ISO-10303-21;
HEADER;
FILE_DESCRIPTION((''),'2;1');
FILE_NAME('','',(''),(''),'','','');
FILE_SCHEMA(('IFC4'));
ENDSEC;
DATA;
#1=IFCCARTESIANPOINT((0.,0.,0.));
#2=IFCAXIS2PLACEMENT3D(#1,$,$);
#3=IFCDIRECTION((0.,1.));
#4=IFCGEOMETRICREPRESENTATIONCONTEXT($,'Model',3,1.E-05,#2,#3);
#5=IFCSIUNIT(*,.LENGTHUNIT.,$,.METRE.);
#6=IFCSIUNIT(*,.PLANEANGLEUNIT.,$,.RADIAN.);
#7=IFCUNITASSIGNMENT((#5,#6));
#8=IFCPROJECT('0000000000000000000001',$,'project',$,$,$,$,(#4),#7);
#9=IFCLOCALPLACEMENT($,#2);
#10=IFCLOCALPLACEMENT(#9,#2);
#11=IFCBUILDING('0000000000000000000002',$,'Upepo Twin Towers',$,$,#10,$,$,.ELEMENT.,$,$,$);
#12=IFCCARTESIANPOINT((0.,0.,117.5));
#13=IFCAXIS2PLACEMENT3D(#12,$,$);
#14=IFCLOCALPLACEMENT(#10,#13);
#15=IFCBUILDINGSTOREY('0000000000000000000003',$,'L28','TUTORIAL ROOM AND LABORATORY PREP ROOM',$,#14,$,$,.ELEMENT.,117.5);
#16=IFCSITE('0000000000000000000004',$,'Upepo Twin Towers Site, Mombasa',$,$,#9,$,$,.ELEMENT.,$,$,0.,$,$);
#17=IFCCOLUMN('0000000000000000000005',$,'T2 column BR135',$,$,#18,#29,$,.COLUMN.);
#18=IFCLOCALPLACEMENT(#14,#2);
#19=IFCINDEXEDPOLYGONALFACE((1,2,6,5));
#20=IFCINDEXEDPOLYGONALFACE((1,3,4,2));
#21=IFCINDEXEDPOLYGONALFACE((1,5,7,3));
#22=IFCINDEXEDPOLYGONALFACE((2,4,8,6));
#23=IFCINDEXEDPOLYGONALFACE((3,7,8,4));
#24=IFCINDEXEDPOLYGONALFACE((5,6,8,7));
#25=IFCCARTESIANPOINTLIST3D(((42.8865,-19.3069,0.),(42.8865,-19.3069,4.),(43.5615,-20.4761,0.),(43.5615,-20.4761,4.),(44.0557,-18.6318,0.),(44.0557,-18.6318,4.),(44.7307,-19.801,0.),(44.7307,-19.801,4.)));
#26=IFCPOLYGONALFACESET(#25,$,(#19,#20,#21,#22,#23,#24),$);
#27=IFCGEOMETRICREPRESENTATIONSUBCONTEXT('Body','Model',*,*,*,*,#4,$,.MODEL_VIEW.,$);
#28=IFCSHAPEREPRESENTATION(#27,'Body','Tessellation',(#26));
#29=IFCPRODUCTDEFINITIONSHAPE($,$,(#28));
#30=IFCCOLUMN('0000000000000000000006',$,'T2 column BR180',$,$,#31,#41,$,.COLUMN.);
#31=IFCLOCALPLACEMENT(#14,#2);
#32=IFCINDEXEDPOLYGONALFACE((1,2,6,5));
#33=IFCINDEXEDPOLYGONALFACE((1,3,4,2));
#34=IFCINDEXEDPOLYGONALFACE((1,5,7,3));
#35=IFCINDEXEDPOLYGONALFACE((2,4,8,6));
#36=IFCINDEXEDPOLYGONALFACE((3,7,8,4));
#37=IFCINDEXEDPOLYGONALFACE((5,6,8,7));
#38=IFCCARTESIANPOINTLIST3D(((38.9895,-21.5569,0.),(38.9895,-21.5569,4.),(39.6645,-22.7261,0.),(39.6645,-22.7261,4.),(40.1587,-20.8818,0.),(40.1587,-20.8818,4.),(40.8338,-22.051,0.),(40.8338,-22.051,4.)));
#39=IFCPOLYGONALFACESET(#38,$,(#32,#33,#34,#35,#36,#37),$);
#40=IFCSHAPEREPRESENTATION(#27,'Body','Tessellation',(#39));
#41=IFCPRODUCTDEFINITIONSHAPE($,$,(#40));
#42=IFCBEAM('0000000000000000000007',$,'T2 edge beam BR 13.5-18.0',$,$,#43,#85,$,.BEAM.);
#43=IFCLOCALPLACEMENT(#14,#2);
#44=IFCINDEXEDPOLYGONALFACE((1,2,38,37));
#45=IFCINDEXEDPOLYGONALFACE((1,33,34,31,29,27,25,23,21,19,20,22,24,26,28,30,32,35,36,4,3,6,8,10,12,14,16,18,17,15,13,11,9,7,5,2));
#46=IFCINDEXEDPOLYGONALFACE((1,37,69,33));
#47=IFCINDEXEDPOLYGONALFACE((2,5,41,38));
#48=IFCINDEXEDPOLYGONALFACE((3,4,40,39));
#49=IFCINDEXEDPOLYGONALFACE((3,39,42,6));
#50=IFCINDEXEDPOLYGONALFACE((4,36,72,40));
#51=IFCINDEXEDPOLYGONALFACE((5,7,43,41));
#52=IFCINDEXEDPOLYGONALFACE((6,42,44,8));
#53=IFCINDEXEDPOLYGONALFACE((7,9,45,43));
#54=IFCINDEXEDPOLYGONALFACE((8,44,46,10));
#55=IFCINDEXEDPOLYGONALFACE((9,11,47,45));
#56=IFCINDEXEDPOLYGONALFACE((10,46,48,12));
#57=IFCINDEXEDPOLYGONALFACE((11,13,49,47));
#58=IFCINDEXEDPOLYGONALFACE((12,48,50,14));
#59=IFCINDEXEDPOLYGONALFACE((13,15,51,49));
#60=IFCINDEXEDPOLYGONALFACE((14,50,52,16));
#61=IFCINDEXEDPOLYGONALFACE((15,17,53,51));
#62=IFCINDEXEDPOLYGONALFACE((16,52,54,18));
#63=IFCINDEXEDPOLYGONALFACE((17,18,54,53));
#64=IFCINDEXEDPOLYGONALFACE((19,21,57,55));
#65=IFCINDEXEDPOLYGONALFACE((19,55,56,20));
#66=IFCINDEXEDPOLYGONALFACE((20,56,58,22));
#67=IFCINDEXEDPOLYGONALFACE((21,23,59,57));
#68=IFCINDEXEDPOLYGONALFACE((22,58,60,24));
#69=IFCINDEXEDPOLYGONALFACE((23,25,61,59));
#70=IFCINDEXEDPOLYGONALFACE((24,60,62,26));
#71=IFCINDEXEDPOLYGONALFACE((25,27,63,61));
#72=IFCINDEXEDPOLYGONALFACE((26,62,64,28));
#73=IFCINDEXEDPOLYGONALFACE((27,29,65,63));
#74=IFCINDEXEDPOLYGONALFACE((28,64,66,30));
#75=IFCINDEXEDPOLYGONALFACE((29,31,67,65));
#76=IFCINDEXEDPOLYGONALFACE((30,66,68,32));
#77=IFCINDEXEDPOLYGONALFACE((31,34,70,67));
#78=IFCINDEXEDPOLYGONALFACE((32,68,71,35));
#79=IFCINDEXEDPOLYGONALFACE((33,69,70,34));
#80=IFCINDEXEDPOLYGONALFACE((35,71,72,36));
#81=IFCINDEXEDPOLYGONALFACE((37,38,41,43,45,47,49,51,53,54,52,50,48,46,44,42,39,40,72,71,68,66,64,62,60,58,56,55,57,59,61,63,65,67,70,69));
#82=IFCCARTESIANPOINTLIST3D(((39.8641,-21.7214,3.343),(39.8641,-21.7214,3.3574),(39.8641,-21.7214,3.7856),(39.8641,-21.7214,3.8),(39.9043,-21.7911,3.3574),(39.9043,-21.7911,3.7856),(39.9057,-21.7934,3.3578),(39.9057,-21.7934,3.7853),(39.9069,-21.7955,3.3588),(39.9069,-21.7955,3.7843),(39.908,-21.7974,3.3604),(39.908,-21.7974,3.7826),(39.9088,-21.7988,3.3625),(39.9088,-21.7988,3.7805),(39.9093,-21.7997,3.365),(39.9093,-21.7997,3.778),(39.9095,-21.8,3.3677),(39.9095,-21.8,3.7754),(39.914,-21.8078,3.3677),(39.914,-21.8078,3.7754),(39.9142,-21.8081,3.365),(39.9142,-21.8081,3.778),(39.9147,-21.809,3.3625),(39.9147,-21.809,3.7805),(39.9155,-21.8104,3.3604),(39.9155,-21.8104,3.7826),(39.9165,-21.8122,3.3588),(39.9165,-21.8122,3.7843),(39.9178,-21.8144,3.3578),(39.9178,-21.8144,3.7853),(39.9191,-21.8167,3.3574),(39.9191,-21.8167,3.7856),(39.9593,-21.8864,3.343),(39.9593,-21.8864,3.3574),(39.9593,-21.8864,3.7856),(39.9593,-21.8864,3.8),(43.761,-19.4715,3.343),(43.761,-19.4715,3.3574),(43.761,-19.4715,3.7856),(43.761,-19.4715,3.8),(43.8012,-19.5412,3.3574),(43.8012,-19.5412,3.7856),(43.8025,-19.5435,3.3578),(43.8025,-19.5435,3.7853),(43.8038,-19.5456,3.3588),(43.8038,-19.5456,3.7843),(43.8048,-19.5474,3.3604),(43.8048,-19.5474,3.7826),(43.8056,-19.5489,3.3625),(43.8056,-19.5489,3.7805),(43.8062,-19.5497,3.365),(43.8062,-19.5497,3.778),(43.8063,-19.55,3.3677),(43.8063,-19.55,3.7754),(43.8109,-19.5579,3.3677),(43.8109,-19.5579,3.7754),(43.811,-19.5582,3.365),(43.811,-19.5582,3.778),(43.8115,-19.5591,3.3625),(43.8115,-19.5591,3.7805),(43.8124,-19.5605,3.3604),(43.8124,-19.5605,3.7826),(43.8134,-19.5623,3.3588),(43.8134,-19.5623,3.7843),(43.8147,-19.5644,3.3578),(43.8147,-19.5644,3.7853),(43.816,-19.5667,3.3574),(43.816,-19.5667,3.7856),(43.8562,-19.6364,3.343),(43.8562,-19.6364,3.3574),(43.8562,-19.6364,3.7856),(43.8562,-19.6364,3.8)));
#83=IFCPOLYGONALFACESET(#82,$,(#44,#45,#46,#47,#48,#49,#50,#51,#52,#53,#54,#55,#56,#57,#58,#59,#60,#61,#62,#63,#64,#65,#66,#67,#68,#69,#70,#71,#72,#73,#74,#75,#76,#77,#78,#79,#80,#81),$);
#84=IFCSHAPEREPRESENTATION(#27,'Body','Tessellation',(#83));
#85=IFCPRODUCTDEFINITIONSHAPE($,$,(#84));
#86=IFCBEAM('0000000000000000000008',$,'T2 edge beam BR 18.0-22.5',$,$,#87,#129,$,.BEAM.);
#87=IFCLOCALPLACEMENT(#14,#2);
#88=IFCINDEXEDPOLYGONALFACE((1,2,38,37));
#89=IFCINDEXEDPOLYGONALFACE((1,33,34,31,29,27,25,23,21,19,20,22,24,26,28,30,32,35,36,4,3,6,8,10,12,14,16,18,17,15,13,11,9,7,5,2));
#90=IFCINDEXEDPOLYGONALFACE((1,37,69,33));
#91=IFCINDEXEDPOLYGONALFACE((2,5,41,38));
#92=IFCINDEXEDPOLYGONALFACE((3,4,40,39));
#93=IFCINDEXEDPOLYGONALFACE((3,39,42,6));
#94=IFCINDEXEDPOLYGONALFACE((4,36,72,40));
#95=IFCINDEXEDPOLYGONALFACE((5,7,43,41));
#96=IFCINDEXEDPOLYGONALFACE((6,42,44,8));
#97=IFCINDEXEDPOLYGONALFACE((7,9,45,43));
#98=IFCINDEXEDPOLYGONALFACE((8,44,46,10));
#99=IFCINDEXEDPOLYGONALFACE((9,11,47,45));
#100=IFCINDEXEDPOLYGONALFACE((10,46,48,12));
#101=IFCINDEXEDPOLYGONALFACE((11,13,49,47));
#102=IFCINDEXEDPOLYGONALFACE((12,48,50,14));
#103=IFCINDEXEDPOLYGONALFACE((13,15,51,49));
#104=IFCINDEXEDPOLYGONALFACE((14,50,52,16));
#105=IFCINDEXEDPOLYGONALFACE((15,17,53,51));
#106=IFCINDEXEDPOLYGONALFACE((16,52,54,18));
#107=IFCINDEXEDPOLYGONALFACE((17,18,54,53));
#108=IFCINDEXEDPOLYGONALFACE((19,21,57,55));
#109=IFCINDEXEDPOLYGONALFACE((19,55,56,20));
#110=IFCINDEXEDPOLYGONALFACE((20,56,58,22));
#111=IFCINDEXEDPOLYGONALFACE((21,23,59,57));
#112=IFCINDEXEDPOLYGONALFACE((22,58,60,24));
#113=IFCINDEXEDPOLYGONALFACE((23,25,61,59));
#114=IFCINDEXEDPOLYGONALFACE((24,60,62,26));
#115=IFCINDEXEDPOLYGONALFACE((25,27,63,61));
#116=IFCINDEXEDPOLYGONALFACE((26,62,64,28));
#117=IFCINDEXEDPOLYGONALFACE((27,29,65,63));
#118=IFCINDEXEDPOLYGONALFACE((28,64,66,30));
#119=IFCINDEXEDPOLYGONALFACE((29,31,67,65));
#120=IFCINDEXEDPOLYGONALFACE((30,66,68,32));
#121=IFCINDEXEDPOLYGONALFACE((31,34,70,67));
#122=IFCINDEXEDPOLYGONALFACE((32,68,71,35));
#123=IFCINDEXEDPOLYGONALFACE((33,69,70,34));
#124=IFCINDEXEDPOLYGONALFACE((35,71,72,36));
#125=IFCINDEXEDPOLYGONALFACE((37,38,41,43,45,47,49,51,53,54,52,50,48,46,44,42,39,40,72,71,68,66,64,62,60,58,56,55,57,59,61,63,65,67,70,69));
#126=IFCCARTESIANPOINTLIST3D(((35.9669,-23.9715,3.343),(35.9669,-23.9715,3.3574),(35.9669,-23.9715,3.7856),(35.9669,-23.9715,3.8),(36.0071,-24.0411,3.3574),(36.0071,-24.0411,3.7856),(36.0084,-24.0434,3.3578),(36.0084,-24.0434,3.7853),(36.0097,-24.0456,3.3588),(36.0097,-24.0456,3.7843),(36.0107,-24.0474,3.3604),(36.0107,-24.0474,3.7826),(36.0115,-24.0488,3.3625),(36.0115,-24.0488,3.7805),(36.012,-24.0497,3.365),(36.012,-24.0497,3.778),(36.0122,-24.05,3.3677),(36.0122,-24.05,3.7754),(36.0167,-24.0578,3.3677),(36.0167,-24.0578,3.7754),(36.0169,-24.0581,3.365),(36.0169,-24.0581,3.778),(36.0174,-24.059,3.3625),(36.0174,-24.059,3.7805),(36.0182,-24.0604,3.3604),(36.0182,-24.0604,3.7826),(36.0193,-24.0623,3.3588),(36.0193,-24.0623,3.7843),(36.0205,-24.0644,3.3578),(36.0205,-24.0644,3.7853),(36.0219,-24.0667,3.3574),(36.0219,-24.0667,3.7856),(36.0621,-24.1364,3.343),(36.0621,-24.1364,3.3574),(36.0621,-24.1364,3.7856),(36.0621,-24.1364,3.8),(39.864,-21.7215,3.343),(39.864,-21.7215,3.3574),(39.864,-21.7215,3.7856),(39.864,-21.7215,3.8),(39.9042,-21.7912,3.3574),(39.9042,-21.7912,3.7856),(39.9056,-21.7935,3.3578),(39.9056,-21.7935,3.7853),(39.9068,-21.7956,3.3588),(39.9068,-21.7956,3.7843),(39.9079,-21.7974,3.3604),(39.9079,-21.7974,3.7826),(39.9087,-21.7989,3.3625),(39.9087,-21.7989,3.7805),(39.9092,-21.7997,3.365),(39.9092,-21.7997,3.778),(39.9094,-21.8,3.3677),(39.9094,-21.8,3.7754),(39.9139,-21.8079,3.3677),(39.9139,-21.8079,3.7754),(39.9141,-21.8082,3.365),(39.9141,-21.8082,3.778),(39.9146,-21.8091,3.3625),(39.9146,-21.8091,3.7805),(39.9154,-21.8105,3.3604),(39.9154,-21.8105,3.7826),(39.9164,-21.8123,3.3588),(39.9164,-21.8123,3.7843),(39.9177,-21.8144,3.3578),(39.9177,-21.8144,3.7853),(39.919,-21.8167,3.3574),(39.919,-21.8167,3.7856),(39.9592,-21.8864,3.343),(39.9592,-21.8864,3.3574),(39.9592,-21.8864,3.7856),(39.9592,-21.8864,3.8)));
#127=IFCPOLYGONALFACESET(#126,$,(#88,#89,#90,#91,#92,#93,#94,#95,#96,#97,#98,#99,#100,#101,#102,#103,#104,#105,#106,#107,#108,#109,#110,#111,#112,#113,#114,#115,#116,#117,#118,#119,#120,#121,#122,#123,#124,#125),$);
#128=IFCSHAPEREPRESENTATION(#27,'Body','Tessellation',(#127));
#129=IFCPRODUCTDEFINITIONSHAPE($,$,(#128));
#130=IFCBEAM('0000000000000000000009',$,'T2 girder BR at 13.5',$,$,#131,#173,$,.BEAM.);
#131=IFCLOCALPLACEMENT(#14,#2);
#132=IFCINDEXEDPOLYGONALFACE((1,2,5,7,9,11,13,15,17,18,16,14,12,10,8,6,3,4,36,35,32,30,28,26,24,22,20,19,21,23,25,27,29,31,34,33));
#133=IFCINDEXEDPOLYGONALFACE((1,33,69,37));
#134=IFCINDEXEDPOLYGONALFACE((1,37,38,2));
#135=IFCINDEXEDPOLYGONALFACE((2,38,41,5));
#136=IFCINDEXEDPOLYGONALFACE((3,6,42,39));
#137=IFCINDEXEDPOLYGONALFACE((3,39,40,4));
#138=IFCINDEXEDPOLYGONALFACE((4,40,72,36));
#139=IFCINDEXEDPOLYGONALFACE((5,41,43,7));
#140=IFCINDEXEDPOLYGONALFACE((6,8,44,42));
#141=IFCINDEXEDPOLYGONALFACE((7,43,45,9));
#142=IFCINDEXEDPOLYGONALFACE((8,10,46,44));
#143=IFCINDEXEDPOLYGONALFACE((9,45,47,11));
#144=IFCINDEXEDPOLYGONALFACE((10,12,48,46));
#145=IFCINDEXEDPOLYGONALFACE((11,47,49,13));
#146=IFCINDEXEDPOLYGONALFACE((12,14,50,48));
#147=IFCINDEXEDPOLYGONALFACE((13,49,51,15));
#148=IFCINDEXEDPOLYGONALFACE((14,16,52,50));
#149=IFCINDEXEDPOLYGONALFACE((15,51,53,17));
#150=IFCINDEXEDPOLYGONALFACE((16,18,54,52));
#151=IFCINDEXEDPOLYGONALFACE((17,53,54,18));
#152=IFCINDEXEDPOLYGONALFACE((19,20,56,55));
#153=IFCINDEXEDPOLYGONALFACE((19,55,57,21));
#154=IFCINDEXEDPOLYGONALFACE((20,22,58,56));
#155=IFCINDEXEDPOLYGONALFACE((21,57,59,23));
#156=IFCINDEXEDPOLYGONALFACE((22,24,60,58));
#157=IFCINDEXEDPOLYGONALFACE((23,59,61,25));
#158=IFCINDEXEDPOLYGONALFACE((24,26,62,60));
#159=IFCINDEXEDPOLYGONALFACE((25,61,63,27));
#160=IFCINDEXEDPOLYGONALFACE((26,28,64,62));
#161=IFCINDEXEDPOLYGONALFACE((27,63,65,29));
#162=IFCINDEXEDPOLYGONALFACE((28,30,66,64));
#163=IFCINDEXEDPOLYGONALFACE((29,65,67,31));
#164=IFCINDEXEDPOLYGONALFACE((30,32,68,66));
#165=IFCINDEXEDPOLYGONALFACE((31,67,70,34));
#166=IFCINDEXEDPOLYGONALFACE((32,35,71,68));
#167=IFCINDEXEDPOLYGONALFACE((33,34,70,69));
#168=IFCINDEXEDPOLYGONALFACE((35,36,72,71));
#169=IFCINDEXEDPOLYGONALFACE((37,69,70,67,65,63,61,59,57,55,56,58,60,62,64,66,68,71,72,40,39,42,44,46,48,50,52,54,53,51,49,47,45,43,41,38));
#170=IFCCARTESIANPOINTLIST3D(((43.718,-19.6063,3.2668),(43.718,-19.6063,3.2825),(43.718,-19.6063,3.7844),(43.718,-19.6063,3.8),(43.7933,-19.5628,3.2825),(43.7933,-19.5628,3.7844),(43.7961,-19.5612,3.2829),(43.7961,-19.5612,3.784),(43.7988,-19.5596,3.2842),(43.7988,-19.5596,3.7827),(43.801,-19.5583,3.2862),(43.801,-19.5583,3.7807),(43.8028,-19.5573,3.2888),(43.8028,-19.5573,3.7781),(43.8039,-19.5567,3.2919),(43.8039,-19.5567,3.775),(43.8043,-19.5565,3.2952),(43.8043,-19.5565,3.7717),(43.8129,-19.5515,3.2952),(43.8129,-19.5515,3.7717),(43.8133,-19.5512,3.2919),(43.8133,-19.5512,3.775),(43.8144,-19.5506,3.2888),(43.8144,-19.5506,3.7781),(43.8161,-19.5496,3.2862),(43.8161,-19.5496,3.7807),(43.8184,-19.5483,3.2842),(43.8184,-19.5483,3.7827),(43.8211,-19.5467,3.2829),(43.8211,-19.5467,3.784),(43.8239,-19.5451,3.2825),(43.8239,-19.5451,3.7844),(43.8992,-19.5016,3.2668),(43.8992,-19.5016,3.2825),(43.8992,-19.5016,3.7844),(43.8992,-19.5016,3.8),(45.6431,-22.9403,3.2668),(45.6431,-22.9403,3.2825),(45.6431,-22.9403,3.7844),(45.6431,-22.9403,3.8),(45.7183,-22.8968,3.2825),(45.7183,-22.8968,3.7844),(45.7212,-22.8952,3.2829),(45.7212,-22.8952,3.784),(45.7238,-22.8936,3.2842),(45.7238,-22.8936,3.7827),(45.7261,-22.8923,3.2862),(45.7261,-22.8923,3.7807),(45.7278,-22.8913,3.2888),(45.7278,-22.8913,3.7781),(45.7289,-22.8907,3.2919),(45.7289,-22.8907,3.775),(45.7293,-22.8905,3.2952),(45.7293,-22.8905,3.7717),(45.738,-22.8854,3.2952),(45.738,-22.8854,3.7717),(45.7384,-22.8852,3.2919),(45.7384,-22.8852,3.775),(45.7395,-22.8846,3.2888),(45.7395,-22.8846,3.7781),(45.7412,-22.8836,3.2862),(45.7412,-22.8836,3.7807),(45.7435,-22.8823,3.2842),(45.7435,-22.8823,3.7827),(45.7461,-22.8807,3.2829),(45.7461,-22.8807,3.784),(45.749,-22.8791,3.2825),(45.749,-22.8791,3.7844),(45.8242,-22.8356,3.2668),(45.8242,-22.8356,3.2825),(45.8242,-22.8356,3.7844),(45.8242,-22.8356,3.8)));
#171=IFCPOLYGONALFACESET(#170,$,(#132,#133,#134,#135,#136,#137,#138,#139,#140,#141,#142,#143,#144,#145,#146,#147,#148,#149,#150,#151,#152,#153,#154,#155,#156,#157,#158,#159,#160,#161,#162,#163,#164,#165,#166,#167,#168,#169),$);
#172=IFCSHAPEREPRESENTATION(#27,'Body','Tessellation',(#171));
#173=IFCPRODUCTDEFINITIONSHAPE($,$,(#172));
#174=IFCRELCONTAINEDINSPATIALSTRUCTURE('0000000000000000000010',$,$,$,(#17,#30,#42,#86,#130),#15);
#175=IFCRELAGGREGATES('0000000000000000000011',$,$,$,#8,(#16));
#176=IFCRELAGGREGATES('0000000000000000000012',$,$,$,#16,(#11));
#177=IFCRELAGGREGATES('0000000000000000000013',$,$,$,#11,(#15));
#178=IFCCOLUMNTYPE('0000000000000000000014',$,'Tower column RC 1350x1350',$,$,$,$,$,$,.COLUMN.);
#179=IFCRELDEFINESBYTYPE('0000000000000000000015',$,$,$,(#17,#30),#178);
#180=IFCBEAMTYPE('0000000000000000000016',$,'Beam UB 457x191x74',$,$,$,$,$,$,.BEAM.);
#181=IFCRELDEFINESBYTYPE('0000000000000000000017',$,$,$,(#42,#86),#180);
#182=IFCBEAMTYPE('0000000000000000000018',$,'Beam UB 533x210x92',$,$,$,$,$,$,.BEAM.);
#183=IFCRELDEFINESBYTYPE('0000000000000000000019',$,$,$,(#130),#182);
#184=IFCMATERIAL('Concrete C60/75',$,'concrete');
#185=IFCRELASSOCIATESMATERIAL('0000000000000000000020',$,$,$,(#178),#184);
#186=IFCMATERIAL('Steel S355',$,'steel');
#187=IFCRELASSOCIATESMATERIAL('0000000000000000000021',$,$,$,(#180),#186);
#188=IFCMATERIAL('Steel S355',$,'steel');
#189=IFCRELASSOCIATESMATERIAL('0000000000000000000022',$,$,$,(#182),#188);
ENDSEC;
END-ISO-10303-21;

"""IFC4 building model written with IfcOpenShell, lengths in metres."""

from ifc_helpers import new_model, si_unit, direction, frame, origin, origin_2d, place, context, subcontext, project, spatial, rectangle, i_section, extrude, material, material_profile, profile_set, type_object, element, save


model = new_model("IFC4")

# Units and contexts
model_context = context("Model", 3, precision=1e-05, world=origin(), true_north=direction((0.0, 1.0)))
body_context = subcontext(model_context, "Body", "Model", "MODEL_VIEW")
ifc_project = project(units=[si_unit("LENGTHUNIT", "METRE"), si_unit("PLANEANGLEUNIT", "RADIAN")], contexts=[model_context])

# Site, building, storey
site_placement = place(None, origin())
site = spatial("IfcSite", under=ifc_project, at=site_placement, Name="Upepo Twin Towers Site, Mombasa", CompositionType="ELEMENT", RefElevation=0.0)
building_placement = place(site_placement, origin())
building = spatial("IfcBuilding", under=site, at=building_placement, Name="Upepo Twin Towers", CompositionType="ELEMENT")
storey_placement = place(building_placement, frame((0.0, 0.0, 117.5)))
storey = spatial("IfcBuildingStorey", under=building, at=storey_placement, Name="L28", Description="TUTORIAL ROOM AND LABORATORY PREP ROOM", CompositionType="ELEMENT", Elevation=117.5)

# Columns
ifc_material_1 = material(Name="Concrete C60/75", Category="concrete")
ifc_material_profile_1 = material_profile(ifc_material_1, rectangle(XDim=1.3501, YDim=1.3501, at=origin_2d()), Name="RC 1350x1350")
ifc_profile_set_1 = profile_set([ifc_material_profile_1], Name="Concrete C60/75")
column_type = type_object("IfcColumnType", Name="Tower column RC 1350x1350", PredefinedType="COLUMN", material=ifc_profile_set_1)
for number, where, z_axis, x_axis, name in (
    (1, (43.8086, -19.554, 0.0), (0.0, 0.0, 1.0), (0.866025, 0.5, 0.0), "T2 column BR135"),
    (2, (39.9116, -21.804, 0.0), (0.0, 0.0, 1.0), (0.866025, 0.5, 0.0), "T2 column BR180"),
):
    element("IfcColumn", number, at=place(storey_placement, frame(where, z_axis=z_axis, x_axis=x_axis)), inside=storey, type_object=column_type, Name=name, PredefinedType="COLUMN", context=body_context, shape_type="SweptSolid", body=[
        extrude(rectangle(XDim=1.3501, YDim=1.3501, at=origin_2d()), origin(), (0.0, 0.0, 1.0), 4.0),
    ])

# Beams
ifc_material_2 = material(Name="Steel S355", Category="steel")
ifc_material_profile_2 = material_profile(ifc_material_2, i_section(OverallWidth=0.1904, OverallDepth=0.457, WebThickness=0.009, FlangeThickness=0.0144, FilletRadius=0.0103, at=origin_2d()), Name="UB 457x191x74")
ifc_profile_set_2 = profile_set([ifc_material_profile_2], Name="Steel S355")
beam_type_1 = type_object("IfcBeamType", Name="Beam UB 457x191x74", PredefinedType="BEAM", material=ifc_profile_set_2)
beam_1_placement = place(storey_placement, frame((43.8086, -19.554, 3.5715), z_axis=(-0.866018, -0.500014, 0.0), x_axis=(0.500014, -0.866018, 0.0)))
element("IfcBeam", 3, at=beam_1_placement, inside=storey, type_object=beam_type_1, Name="T2 edge beam BR 13.5-18.0", PredefinedType="BEAM", context=body_context, shape_type="SweptSolid", body=[
    extrude(i_section(OverallWidth=0.1904, OverallDepth=0.457, WebThickness=0.009, FlangeThickness=0.0144, FilletRadius=0.0103, at=origin_2d()), origin(), (0.0, 0.0, 1.0), 4.4998),
])
beam_2_placement = place(storey_placement, frame((39.9116, -21.804, 3.5715), z_axis=(-0.866031, -0.49999, 0.0), x_axis=(0.49999, -0.866031, 0.0)))
element("IfcBeam", 4, at=beam_2_placement, inside=storey, type_object=beam_type_1, Name="T2 edge beam BR 18.0-22.5", PredefinedType="BEAM", context=body_context, shape_type="SweptSolid", body=[
    extrude(i_section(OverallWidth=0.1904, OverallDepth=0.457, WebThickness=0.009, FlangeThickness=0.0144, FilletRadius=0.0103, at=origin_2d()), origin(), (0.0, 0.0, 1.0), 4.5),
])
ifc_material_3 = material(Name="Steel S355", Category="steel")
ifc_material_profile_3 = material_profile(ifc_material_3, i_section(OverallWidth=0.2092, OverallDepth=0.5332, WebThickness=0.01, FlangeThickness=0.0156, FilletRadius=0.0127, at=origin_2d()), Name="UB 533x210x92")
ifc_profile_set_3 = profile_set([ifc_material_profile_3], Name="Steel S355")
beam_type_2 = type_object("IfcBeamType", Name="Beam UB 533x210x92", PredefinedType="BEAM", material=ifc_profile_set_3)
beam_3_placement = place(storey_placement, frame((43.8086, -19.554, 3.5334), z_axis=(0.500034, -0.866006, 0.0), x_axis=(0.866006, 0.500034, 0.0)))
element("IfcBeam", 5, at=beam_3_placement, inside=storey, type_object=beam_type_2, Name="T2 girder BR at 13.5", PredefinedType="BEAM", context=body_context, shape_type="SweptSolid", body=[
    extrude(i_section(OverallWidth=0.2092, OverallDepth=0.5332, WebThickness=0.01, FlangeThickness=0.0156, FilletRadius=0.0127, at=origin_2d()), origin(), (0.0, 0.0, 1.0), 3.8499),
])

save(model, "model.ifc")
